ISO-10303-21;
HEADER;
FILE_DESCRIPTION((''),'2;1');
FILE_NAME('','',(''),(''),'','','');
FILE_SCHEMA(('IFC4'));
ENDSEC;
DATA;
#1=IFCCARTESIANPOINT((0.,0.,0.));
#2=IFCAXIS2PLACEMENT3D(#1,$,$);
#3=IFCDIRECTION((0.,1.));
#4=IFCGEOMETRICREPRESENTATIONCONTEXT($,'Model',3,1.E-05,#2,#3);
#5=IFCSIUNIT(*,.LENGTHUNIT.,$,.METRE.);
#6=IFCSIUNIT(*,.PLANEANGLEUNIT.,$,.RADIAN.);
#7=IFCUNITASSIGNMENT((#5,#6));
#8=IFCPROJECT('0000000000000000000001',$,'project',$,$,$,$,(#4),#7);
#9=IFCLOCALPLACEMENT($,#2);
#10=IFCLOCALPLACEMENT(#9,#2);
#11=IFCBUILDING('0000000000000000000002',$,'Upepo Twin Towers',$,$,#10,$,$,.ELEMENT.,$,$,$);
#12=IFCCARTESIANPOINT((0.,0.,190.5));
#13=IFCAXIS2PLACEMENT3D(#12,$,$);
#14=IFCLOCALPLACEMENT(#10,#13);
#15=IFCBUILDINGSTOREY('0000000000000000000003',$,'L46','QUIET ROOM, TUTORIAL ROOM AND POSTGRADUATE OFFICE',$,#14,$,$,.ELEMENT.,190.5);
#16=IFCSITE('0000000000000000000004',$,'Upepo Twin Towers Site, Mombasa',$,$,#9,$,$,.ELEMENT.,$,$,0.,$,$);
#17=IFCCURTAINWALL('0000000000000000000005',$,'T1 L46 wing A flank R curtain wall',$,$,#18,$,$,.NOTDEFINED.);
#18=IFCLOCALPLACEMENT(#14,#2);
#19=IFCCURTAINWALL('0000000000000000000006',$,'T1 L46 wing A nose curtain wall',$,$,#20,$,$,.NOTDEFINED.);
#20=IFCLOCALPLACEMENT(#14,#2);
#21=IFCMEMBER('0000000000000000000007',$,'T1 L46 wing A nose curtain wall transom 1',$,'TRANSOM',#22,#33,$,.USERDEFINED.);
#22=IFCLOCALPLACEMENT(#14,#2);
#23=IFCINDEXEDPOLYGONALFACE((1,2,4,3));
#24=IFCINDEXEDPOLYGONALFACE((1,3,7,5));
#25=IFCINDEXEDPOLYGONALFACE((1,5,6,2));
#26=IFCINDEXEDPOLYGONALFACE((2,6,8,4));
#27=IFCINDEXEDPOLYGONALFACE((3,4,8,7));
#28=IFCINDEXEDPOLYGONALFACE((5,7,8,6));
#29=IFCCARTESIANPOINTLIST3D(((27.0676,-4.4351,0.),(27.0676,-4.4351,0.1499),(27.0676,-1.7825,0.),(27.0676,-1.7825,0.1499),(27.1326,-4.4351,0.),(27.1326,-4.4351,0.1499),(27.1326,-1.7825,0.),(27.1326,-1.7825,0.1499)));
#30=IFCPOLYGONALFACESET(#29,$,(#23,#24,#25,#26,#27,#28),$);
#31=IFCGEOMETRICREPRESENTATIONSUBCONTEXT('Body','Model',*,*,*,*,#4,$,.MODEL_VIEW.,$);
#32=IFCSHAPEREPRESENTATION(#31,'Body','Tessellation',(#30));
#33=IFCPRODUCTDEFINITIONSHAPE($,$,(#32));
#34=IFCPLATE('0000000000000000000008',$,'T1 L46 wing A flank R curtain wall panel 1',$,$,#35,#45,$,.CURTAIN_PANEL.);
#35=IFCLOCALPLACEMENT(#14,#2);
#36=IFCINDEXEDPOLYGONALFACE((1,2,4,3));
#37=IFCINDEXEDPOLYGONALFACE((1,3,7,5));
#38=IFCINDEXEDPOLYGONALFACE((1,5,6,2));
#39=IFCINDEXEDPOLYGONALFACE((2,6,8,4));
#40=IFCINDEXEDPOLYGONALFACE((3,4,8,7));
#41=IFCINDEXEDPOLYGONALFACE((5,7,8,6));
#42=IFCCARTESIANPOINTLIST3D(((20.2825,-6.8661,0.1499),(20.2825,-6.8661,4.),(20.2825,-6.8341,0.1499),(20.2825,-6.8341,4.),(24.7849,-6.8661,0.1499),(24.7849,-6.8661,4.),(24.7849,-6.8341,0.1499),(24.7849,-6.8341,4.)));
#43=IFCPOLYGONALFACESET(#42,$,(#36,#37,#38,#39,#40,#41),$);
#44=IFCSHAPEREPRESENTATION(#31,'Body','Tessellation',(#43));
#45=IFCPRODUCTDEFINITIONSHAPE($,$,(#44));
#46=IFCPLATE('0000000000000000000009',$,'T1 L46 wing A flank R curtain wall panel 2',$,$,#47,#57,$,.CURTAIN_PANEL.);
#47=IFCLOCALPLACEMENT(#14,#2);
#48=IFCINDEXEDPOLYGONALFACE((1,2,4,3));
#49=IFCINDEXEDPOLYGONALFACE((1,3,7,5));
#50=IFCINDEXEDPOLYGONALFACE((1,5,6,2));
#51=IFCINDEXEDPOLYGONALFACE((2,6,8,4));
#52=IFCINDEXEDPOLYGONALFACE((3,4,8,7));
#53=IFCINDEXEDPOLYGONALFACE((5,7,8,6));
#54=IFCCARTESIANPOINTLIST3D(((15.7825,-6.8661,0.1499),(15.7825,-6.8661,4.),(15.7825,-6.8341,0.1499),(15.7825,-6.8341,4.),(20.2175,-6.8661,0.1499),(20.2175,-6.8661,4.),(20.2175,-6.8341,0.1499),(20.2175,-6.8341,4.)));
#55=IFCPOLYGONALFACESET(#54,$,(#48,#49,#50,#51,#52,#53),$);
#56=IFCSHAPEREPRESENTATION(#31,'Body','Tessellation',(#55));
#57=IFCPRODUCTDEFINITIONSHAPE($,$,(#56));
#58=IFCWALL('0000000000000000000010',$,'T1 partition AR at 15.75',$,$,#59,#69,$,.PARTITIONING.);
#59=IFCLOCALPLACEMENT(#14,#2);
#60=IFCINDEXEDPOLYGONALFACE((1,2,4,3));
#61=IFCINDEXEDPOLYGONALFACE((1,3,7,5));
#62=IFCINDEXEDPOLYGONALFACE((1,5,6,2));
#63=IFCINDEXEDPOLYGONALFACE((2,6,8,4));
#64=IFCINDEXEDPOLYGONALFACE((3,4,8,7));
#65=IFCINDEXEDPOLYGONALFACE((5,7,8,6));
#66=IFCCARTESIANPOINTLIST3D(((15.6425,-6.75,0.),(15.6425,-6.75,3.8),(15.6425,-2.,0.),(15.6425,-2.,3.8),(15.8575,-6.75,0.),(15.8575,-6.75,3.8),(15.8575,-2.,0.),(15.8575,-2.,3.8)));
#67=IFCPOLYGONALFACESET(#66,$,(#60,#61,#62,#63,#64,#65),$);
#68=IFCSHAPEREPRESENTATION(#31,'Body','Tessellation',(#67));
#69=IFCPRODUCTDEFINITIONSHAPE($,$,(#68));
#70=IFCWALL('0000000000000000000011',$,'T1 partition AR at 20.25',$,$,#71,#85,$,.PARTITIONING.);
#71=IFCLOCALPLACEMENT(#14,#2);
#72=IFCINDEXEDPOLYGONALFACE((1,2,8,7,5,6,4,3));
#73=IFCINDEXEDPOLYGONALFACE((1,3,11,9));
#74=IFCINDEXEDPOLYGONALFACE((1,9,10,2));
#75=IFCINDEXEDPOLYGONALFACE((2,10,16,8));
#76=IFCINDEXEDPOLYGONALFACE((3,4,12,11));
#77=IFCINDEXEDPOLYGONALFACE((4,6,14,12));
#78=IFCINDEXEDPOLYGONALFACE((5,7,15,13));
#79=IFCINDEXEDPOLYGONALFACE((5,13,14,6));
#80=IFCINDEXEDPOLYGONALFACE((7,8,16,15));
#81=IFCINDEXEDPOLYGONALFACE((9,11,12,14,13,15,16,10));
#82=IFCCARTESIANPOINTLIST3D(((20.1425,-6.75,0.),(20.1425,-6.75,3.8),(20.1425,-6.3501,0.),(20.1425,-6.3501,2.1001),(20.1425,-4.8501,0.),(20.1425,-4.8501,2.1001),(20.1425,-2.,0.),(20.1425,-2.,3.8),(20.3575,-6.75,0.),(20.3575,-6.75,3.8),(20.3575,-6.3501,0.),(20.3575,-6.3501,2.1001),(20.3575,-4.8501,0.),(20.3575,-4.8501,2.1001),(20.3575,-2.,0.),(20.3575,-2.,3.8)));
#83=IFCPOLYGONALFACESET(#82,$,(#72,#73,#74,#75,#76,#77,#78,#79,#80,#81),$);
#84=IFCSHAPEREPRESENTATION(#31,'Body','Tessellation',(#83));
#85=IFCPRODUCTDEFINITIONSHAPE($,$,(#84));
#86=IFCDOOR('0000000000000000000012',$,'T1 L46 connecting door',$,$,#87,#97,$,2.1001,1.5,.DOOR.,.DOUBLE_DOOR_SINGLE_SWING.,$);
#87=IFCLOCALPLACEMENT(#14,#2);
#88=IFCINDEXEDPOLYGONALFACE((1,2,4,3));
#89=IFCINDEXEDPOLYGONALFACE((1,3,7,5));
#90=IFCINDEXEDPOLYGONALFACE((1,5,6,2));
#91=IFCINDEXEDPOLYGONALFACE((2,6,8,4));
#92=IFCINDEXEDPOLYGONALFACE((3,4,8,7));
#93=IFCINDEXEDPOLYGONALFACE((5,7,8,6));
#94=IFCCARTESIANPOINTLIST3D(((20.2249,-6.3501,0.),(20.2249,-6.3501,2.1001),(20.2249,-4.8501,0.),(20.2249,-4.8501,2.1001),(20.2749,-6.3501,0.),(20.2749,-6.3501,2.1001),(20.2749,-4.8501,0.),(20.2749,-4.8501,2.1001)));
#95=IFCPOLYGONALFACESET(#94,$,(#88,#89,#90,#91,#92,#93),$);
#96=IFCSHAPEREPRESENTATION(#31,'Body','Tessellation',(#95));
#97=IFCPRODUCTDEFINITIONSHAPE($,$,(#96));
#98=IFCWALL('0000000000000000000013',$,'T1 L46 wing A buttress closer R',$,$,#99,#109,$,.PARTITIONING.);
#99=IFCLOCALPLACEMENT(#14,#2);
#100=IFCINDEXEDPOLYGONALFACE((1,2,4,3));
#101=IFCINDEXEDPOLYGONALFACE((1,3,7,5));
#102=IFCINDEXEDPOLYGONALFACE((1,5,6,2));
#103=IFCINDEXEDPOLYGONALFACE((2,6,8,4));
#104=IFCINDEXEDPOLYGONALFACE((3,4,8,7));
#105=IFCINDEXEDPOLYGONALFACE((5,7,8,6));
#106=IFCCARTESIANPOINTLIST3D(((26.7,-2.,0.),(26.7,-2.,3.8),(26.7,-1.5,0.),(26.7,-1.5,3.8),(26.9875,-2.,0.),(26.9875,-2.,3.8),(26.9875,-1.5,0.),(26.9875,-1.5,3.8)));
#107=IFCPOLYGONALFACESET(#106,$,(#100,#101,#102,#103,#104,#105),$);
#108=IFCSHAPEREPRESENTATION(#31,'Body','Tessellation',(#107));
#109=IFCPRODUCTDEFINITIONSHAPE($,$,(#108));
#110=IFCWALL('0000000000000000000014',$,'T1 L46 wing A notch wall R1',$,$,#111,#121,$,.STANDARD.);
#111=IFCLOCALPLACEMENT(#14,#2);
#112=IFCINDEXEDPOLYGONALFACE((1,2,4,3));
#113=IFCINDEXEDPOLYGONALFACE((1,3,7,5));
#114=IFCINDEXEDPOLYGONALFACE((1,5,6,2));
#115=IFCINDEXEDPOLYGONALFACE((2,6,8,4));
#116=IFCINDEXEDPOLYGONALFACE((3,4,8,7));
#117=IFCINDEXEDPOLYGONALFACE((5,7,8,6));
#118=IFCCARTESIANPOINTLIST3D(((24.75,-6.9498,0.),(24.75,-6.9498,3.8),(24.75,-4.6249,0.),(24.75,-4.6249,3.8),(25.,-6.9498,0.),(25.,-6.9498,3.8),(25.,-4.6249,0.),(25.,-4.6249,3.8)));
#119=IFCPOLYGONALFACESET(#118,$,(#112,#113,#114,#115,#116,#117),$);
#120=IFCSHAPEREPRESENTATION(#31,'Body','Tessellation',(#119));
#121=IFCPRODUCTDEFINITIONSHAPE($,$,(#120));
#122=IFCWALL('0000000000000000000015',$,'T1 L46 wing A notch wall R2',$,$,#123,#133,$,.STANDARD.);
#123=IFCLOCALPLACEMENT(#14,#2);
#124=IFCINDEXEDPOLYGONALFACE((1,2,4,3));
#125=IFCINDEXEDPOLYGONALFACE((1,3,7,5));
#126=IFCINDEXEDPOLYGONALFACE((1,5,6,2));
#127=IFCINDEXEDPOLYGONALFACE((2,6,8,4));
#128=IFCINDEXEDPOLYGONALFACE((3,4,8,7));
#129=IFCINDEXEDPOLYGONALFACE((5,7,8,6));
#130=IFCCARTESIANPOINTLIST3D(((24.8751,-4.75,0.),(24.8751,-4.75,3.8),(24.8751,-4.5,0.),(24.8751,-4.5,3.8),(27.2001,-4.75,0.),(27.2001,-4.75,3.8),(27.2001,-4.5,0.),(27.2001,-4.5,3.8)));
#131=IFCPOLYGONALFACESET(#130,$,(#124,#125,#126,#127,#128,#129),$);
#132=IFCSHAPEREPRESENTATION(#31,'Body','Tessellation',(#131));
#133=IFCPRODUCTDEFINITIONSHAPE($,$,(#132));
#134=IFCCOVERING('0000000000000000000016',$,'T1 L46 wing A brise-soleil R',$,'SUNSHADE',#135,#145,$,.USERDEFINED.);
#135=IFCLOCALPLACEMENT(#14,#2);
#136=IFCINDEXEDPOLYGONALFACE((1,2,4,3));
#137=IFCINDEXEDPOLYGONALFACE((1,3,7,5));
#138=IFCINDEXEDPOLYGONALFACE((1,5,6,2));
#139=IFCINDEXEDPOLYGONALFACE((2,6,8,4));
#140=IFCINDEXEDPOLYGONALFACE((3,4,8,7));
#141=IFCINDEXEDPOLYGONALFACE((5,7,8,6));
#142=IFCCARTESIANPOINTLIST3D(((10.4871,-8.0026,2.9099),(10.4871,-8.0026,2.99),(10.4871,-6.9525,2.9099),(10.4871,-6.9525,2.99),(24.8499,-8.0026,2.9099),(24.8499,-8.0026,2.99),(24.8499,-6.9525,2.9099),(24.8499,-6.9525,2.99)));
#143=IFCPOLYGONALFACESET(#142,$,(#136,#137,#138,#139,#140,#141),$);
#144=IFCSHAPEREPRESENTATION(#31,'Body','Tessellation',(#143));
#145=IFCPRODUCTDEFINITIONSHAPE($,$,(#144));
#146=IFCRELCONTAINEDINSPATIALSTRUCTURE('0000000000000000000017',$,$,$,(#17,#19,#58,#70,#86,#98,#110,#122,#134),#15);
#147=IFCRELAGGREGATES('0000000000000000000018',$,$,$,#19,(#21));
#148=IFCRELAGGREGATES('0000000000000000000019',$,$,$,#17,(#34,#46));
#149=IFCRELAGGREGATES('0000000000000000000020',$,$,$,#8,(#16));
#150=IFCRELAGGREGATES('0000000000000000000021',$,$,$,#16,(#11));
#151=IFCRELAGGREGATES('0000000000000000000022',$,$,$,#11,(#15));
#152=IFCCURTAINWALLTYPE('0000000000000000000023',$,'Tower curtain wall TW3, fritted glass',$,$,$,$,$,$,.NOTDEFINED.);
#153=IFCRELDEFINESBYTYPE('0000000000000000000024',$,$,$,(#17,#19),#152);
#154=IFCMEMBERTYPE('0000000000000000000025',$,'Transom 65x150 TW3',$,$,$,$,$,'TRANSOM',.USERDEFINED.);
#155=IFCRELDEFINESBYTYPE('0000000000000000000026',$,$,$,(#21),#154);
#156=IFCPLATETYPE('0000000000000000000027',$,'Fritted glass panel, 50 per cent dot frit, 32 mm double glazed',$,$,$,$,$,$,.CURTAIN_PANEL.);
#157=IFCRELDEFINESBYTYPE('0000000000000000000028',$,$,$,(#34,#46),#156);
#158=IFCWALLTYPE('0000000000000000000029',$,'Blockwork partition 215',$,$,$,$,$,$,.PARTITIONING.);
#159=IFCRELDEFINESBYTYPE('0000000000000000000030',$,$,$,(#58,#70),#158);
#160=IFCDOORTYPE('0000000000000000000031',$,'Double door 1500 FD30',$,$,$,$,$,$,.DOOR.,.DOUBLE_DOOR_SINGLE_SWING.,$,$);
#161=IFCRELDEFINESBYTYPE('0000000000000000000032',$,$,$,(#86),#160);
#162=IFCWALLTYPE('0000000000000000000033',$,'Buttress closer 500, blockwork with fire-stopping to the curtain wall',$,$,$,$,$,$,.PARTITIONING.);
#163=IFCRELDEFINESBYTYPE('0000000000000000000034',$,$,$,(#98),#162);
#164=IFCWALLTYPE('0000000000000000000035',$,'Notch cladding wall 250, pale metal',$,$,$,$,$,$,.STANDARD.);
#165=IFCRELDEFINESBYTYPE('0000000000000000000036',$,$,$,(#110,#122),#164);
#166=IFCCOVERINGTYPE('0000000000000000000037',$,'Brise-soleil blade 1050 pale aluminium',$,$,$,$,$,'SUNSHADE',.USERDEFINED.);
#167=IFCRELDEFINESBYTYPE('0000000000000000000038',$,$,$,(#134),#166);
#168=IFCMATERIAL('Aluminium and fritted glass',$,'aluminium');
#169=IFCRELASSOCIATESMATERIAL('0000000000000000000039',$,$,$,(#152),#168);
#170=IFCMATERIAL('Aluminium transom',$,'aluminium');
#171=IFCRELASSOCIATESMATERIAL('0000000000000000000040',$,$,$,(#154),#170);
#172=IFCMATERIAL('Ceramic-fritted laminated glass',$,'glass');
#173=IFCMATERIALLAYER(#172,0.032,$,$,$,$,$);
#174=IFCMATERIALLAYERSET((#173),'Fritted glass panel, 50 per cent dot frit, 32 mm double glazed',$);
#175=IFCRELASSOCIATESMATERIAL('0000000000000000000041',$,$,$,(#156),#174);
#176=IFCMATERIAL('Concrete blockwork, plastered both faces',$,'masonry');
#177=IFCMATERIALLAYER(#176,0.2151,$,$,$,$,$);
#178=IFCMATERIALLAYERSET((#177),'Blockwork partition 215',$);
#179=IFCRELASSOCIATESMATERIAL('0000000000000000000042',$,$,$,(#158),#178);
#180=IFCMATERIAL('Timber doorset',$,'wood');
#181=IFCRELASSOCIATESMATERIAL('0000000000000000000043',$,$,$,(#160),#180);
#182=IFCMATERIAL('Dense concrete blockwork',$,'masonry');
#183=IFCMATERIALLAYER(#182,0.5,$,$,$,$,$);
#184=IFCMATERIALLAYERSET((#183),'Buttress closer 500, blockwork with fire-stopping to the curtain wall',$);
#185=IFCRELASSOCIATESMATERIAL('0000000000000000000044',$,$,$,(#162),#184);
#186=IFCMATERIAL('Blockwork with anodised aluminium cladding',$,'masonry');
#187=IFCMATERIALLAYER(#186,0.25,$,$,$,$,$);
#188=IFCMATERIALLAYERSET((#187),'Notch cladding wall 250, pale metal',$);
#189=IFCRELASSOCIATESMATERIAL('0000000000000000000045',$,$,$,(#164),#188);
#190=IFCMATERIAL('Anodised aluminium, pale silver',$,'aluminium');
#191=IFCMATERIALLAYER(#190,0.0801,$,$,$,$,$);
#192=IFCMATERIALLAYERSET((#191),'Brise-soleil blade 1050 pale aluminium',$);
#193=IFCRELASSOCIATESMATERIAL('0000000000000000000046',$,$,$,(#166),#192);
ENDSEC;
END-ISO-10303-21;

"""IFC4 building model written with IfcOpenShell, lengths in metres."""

from ifc_helpers import new_model, si_unit, direction, frame, frame_2d, origin, origin_2d, place, context, subcontext, project, spatial, rectangle, extrude, material, layer, layer_set, material_profile, profile_set, type_object, element, fill, aggregate, save


model = new_model("IFC4")

# Units and contexts
model_context = context("Model", 3, precision=1e-05, world=origin(), true_north=direction((0.0, 1.0)))
body_context = subcontext(model_context, "Body", "Model", "MODEL_VIEW")
ifc_project = project(units=[si_unit("LENGTHUNIT", "METRE"), si_unit("PLANEANGLEUNIT", "RADIAN")], contexts=[model_context])

# Site, building, storey
site_placement = place(None, origin())
site = spatial("IfcSite", under=ifc_project, at=site_placement, Name="Upepo Twin Towers Site, Mombasa", CompositionType="ELEMENT", RefElevation=0.0)
building_placement = place(site_placement, origin())
building = spatial("IfcBuilding", under=site, at=building_placement, Name="Upepo Twin Towers", CompositionType="ELEMENT")
storey_placement = place(building_placement, frame((0.0, 0.0, 190.5)))
storey = spatial("IfcBuildingStorey", under=building, at=storey_placement, Name="L46", Description="QUIET ROOM, TUTORIAL ROOM AND POSTGRADUATE OFFICE", CompositionType="ELEMENT", Elevation=190.5)

# Curtain wall
ifc_material_1 = material(Name="Aluminium and fritted glass", Category="aluminium")
curtain_wall_type = type_object("IfcCurtainWallType", Name="Tower curtain wall TW3, fritted glass", PredefinedType="NOTDEFINED", material=ifc_material_1)
curtain_wall_1_placement = place(storey_placement, origin())
curtain_wall_1 = element("IfcCurtainWall", 1, at=curtain_wall_1_placement, inside=storey, type_object=curtain_wall_type, Name="T1 L46 wing A flank R curtain wall", PredefinedType="NOTDEFINED")

# Curtain wall
curtain_wall_2_placement = place(storey_placement, origin())
curtain_wall_2 = element("IfcCurtainWall", 2, at=curtain_wall_2_placement, inside=storey, type_object=curtain_wall_type, Name="T1 L46 wing A nose curtain wall", PredefinedType="NOTDEFINED")

# Member
ifc_material_2 = material(Name="Aluminium transom", Category="aluminium")
ifc_material_profile_1 = material_profile(ifc_material_2, rectangle(XDim=0.0649, YDim=0.1499, at=origin_2d()), Name="TRANSOM 65x150")
ifc_profile_set_1 = profile_set([ifc_material_profile_1], Name="Aluminium transom")
member_type_1 = type_object("IfcMemberType", Name="Transom 65x150 TW3", ElementType="TRANSOM", PredefinedType="USERDEFINED", material=ifc_profile_set_1)
member_1_placement = place(storey_placement, frame((27.1001, -4.4351, 0.075), z_axis=(0.0, 1.0, 0.0), x_axis=(-1.0, 0.0, 0.0)))
member_1 = element("IfcMember", 3, at=member_1_placement, type_object=member_type_1, Name="T1 L46 wing A nose curtain wall transom 1", ObjectType="TRANSOM", PredefinedType="USERDEFINED", context=body_context, shape_type="SweptSolid", body=[
    extrude(rectangle(XDim=0.0649, YDim=0.1499, at=origin_2d()), origin(), (0.0, 0.0, 1.0), 2.6526),
])
aggregate(curtain_wall_2, [member_1])

# Plates
ifc_material_3 = material(Name="Ceramic-fritted laminated glass", Category="glass")
ifc_layer_1 = layer(ifc_material_3, 0.032)
ifc_layer_set_1 = layer_set([ifc_layer_1], Name="Fritted glass panel, 50 per cent dot frit, 32 mm double glazed")
plate_type = type_object("IfcPlateType", Name="Fritted glass panel, 50 per cent dot frit, 32 mm double glazed", PredefinedType="CURTAIN_PANEL", material=ifc_layer_set_1)
plate_1_placement = place(storey_placement, frame((22.5337, -6.8501, 0.1499), z_axis=(0.0, 0.0, 1.0), x_axis=(-1.0, 0.0, 0.0)))
plate_1 = element("IfcPlate", 4, at=plate_1_placement, type_object=plate_type, Name="T1 L46 wing A flank R curtain wall panel 1", PredefinedType="CURTAIN_PANEL", context=body_context, shape_type="SweptSolid", body=[
    extrude(rectangle(XDim=4.5024, YDim=0.032, at=origin_2d()), origin(), (0.0, 0.0, 1.0), 3.8501),
])
plate_2_placement = place(storey_placement, frame((18.0, -6.8501, 0.1499), z_axis=(0.0, 0.0, 1.0), x_axis=(-1.0, 0.0, 0.0)))
plate_2 = element("IfcPlate", 5, at=plate_2_placement, type_object=plate_type, Name="T1 L46 wing A flank R curtain wall panel 2", PredefinedType="CURTAIN_PANEL", context=body_context, shape_type="SweptSolid", body=[
    extrude(rectangle(XDim=4.4351, YDim=0.032, at=origin_2d()), origin(), (0.0, 0.0, 1.0), 3.8501),
])
aggregate(curtain_wall_1, [plate_1, plate_2])

# Wall
ifc_material_4 = material(Name="Concrete blockwork, plastered both faces", Category="masonry")
ifc_layer_2 = layer(ifc_material_4, 0.2151)
ifc_layer_set_2 = layer_set([ifc_layer_2], Name="Blockwork partition 215")
wall_type_1 = type_object("IfcWallType", Name="Blockwork partition 215", PredefinedType="PARTITIONING", material=ifc_layer_set_2)
wall_1_placement = place(storey_placement, frame((15.75, -2.0, 0.0), z_axis=(0.0, 0.0, 1.0), x_axis=(0.0, -1.0, 0.0)))
element("IfcWall", 6, at=wall_1_placement, inside=storey, type_object=wall_type_1, Name="T1 partition AR at 15.75", PredefinedType="PARTITIONING", context=body_context, shape_type="SweptSolid", body=[
    extrude(rectangle(XDim=4.75, YDim=0.2151, at=frame_2d((2.375, 0.0))), origin(), (0.0, 0.0, 1.0), 3.8),
])

# Wall, opening, door
wall_2_placement = place(storey_placement, frame((20.25, -2.0, 0.0), z_axis=(0.0, 0.0, 1.0), x_axis=(0.0, -1.0, 0.0)))
wall_2 = element("IfcWall", 7, at=wall_2_placement, inside=storey, type_object=wall_type_1, Name="T1 partition AR at 20.25", PredefinedType="PARTITIONING", context=body_context, shape_type="SweptSolid", body=[
    extrude(rectangle(XDim=4.75, YDim=0.2151, at=frame_2d((2.375, 0.0))), origin(), (0.0, 0.0, 1.0), 3.8),
])
opening_placement = place(wall_2_placement, frame((2.8501, 0.0, 0.0)))
opening = element("IfcOpeningElement", 8, at=opening_placement, cuts=wall_2, PredefinedType="OPENING", context=body_context, shape_type="SweptSolid", body=[
    extrude(rectangle(XDim=1.5, YDim=2.1001, at=frame_2d((0.75, 1.05))), frame((0.0, 0.1174, 0.0), z_axis=(0.0, -1.0, 0.0), x_axis=(1.0, 0.0, 0.0)), (0.0, 0.0, 1.0), 0.2351),
])
ifc_material_5 = material(Name="Timber doorset", Category="wood")
door_type = type_object("IfcDoorType", Name="Double door 1500 FD30", OperationType="DOUBLE_DOOR_SINGLE_SWING", PredefinedType="DOOR", material=ifc_material_5)
door_placement = place(opening_placement, origin())
door = element("IfcDoor", 9, at=door_placement, inside=storey, type_object=door_type, Name="T1 L46 connecting door", OperationType="DOUBLE_DOOR_SINGLE_SWING", OverallHeight=2.1001, OverallWidth=1.5, PredefinedType="DOOR", context=body_context, shape_type="SweptSolid", body=[
    extrude(rectangle(XDim=1.5, YDim=2.1001, at=frame_2d((0.75, 1.05))), frame((0.0, 0.0249, 0.0), z_axis=(0.0, -1.0, 0.0), x_axis=(1.0, 0.0, 0.0)), (0.0, 0.0, 1.0), 0.05),
])
fill(opening, door)

# Walls
ifc_material_6 = material(Name="Dense concrete blockwork", Category="masonry")
ifc_layer_3 = layer(ifc_material_6, 0.5)
ifc_layer_set_3 = layer_set([ifc_layer_3], Name="Buttress closer 500, blockwork with fire-stopping to the curtain wall")
wall_type_2 = type_object("IfcWallType", Name="Buttress closer 500, blockwork with fire-stopping to the curtain wall", PredefinedType="PARTITIONING", material=ifc_layer_set_3)
wall_3_placement = place(storey_placement, frame((26.7, -1.75, 0.0), z_axis=(0.0, 0.0, 1.0), x_axis=(1.0, 0.0, 0.0)))
element("IfcWall", 10, at=wall_3_placement, inside=storey, type_object=wall_type_2, Name="T1 L46 wing A buttress closer R", PredefinedType="PARTITIONING", context=body_context, shape_type="SweptSolid", body=[
    extrude(rectangle(XDim=0.2876, YDim=0.5, at=frame_2d((0.1438, 0.0))), origin(), (0.0, 0.0, 1.0), 3.8),
])
ifc_material_7 = material(Name="Blockwork with anodised aluminium cladding", Category="masonry")
ifc_layer_4 = layer(ifc_material_7, 0.25)
ifc_layer_set_4 = layer_set([ifc_layer_4], Name="Notch cladding wall 250, pale metal")
wall_type_3 = type_object("IfcWallType", Name="Notch cladding wall 250, pale metal", PredefinedType="STANDARD", material=ifc_layer_set_4)
for number, where, z_axis, x_axis, name in (
    (11, (24.875, -6.95, 0.0), (0.0, 0.0, 1.0), (0.0, 1.0, 0.0), "T1 L46 wing A notch wall R1"),
    (12, (24.875, -4.625, 0.0), (0.0, 0.0, 1.0), (1.0, 0.0, 0.0), "T1 L46 wing A notch wall R2"),
):
    element("IfcWall", number, at=place(storey_placement, frame(where, z_axis=z_axis, x_axis=x_axis)), inside=storey, type_object=wall_type_3, Name=name, PredefinedType="STANDARD", context=body_context, shape_type="SweptSolid", body=[
        extrude(rectangle(XDim=2.325, YDim=0.25, at=frame_2d((1.1626, 0.0))), origin(), (0.0, 0.0, 1.0), 3.8),
    ])

# Covering
ifc_material_8 = material(Name="Anodised aluminium, pale silver", Category="aluminium")
ifc_layer_5 = layer(ifc_material_8, 0.0801)
ifc_layer_set_5 = layer_set([ifc_layer_5], Name="Brise-soleil blade 1050 pale aluminium")
covering_type = type_object("IfcCoveringType", Name="Brise-soleil blade 1050 pale aluminium", ElementType="SUNSHADE", PredefinedType="USERDEFINED", material=ifc_layer_set_5)
covering_placement = place(storey_placement, frame((17.6685, -7.4775, 2.9099), z_axis=(0.0, 0.0, 1.0), x_axis=(1.0, 0.0, 0.0)))
element("IfcCovering", 13, at=covering_placement, inside=storey, type_object=covering_type, Name="T1 L46 wing A brise-soleil R", ObjectType="SUNSHADE", PredefinedType="USERDEFINED", context=body_context, shape_type="SweptSolid", body=[
    extrude(rectangle(XDim=14.3628, YDim=1.05, at=origin_2d()), origin(), (0.0, 0.0, 1.0), 0.0801),
])

save(model, "model.ifc")
